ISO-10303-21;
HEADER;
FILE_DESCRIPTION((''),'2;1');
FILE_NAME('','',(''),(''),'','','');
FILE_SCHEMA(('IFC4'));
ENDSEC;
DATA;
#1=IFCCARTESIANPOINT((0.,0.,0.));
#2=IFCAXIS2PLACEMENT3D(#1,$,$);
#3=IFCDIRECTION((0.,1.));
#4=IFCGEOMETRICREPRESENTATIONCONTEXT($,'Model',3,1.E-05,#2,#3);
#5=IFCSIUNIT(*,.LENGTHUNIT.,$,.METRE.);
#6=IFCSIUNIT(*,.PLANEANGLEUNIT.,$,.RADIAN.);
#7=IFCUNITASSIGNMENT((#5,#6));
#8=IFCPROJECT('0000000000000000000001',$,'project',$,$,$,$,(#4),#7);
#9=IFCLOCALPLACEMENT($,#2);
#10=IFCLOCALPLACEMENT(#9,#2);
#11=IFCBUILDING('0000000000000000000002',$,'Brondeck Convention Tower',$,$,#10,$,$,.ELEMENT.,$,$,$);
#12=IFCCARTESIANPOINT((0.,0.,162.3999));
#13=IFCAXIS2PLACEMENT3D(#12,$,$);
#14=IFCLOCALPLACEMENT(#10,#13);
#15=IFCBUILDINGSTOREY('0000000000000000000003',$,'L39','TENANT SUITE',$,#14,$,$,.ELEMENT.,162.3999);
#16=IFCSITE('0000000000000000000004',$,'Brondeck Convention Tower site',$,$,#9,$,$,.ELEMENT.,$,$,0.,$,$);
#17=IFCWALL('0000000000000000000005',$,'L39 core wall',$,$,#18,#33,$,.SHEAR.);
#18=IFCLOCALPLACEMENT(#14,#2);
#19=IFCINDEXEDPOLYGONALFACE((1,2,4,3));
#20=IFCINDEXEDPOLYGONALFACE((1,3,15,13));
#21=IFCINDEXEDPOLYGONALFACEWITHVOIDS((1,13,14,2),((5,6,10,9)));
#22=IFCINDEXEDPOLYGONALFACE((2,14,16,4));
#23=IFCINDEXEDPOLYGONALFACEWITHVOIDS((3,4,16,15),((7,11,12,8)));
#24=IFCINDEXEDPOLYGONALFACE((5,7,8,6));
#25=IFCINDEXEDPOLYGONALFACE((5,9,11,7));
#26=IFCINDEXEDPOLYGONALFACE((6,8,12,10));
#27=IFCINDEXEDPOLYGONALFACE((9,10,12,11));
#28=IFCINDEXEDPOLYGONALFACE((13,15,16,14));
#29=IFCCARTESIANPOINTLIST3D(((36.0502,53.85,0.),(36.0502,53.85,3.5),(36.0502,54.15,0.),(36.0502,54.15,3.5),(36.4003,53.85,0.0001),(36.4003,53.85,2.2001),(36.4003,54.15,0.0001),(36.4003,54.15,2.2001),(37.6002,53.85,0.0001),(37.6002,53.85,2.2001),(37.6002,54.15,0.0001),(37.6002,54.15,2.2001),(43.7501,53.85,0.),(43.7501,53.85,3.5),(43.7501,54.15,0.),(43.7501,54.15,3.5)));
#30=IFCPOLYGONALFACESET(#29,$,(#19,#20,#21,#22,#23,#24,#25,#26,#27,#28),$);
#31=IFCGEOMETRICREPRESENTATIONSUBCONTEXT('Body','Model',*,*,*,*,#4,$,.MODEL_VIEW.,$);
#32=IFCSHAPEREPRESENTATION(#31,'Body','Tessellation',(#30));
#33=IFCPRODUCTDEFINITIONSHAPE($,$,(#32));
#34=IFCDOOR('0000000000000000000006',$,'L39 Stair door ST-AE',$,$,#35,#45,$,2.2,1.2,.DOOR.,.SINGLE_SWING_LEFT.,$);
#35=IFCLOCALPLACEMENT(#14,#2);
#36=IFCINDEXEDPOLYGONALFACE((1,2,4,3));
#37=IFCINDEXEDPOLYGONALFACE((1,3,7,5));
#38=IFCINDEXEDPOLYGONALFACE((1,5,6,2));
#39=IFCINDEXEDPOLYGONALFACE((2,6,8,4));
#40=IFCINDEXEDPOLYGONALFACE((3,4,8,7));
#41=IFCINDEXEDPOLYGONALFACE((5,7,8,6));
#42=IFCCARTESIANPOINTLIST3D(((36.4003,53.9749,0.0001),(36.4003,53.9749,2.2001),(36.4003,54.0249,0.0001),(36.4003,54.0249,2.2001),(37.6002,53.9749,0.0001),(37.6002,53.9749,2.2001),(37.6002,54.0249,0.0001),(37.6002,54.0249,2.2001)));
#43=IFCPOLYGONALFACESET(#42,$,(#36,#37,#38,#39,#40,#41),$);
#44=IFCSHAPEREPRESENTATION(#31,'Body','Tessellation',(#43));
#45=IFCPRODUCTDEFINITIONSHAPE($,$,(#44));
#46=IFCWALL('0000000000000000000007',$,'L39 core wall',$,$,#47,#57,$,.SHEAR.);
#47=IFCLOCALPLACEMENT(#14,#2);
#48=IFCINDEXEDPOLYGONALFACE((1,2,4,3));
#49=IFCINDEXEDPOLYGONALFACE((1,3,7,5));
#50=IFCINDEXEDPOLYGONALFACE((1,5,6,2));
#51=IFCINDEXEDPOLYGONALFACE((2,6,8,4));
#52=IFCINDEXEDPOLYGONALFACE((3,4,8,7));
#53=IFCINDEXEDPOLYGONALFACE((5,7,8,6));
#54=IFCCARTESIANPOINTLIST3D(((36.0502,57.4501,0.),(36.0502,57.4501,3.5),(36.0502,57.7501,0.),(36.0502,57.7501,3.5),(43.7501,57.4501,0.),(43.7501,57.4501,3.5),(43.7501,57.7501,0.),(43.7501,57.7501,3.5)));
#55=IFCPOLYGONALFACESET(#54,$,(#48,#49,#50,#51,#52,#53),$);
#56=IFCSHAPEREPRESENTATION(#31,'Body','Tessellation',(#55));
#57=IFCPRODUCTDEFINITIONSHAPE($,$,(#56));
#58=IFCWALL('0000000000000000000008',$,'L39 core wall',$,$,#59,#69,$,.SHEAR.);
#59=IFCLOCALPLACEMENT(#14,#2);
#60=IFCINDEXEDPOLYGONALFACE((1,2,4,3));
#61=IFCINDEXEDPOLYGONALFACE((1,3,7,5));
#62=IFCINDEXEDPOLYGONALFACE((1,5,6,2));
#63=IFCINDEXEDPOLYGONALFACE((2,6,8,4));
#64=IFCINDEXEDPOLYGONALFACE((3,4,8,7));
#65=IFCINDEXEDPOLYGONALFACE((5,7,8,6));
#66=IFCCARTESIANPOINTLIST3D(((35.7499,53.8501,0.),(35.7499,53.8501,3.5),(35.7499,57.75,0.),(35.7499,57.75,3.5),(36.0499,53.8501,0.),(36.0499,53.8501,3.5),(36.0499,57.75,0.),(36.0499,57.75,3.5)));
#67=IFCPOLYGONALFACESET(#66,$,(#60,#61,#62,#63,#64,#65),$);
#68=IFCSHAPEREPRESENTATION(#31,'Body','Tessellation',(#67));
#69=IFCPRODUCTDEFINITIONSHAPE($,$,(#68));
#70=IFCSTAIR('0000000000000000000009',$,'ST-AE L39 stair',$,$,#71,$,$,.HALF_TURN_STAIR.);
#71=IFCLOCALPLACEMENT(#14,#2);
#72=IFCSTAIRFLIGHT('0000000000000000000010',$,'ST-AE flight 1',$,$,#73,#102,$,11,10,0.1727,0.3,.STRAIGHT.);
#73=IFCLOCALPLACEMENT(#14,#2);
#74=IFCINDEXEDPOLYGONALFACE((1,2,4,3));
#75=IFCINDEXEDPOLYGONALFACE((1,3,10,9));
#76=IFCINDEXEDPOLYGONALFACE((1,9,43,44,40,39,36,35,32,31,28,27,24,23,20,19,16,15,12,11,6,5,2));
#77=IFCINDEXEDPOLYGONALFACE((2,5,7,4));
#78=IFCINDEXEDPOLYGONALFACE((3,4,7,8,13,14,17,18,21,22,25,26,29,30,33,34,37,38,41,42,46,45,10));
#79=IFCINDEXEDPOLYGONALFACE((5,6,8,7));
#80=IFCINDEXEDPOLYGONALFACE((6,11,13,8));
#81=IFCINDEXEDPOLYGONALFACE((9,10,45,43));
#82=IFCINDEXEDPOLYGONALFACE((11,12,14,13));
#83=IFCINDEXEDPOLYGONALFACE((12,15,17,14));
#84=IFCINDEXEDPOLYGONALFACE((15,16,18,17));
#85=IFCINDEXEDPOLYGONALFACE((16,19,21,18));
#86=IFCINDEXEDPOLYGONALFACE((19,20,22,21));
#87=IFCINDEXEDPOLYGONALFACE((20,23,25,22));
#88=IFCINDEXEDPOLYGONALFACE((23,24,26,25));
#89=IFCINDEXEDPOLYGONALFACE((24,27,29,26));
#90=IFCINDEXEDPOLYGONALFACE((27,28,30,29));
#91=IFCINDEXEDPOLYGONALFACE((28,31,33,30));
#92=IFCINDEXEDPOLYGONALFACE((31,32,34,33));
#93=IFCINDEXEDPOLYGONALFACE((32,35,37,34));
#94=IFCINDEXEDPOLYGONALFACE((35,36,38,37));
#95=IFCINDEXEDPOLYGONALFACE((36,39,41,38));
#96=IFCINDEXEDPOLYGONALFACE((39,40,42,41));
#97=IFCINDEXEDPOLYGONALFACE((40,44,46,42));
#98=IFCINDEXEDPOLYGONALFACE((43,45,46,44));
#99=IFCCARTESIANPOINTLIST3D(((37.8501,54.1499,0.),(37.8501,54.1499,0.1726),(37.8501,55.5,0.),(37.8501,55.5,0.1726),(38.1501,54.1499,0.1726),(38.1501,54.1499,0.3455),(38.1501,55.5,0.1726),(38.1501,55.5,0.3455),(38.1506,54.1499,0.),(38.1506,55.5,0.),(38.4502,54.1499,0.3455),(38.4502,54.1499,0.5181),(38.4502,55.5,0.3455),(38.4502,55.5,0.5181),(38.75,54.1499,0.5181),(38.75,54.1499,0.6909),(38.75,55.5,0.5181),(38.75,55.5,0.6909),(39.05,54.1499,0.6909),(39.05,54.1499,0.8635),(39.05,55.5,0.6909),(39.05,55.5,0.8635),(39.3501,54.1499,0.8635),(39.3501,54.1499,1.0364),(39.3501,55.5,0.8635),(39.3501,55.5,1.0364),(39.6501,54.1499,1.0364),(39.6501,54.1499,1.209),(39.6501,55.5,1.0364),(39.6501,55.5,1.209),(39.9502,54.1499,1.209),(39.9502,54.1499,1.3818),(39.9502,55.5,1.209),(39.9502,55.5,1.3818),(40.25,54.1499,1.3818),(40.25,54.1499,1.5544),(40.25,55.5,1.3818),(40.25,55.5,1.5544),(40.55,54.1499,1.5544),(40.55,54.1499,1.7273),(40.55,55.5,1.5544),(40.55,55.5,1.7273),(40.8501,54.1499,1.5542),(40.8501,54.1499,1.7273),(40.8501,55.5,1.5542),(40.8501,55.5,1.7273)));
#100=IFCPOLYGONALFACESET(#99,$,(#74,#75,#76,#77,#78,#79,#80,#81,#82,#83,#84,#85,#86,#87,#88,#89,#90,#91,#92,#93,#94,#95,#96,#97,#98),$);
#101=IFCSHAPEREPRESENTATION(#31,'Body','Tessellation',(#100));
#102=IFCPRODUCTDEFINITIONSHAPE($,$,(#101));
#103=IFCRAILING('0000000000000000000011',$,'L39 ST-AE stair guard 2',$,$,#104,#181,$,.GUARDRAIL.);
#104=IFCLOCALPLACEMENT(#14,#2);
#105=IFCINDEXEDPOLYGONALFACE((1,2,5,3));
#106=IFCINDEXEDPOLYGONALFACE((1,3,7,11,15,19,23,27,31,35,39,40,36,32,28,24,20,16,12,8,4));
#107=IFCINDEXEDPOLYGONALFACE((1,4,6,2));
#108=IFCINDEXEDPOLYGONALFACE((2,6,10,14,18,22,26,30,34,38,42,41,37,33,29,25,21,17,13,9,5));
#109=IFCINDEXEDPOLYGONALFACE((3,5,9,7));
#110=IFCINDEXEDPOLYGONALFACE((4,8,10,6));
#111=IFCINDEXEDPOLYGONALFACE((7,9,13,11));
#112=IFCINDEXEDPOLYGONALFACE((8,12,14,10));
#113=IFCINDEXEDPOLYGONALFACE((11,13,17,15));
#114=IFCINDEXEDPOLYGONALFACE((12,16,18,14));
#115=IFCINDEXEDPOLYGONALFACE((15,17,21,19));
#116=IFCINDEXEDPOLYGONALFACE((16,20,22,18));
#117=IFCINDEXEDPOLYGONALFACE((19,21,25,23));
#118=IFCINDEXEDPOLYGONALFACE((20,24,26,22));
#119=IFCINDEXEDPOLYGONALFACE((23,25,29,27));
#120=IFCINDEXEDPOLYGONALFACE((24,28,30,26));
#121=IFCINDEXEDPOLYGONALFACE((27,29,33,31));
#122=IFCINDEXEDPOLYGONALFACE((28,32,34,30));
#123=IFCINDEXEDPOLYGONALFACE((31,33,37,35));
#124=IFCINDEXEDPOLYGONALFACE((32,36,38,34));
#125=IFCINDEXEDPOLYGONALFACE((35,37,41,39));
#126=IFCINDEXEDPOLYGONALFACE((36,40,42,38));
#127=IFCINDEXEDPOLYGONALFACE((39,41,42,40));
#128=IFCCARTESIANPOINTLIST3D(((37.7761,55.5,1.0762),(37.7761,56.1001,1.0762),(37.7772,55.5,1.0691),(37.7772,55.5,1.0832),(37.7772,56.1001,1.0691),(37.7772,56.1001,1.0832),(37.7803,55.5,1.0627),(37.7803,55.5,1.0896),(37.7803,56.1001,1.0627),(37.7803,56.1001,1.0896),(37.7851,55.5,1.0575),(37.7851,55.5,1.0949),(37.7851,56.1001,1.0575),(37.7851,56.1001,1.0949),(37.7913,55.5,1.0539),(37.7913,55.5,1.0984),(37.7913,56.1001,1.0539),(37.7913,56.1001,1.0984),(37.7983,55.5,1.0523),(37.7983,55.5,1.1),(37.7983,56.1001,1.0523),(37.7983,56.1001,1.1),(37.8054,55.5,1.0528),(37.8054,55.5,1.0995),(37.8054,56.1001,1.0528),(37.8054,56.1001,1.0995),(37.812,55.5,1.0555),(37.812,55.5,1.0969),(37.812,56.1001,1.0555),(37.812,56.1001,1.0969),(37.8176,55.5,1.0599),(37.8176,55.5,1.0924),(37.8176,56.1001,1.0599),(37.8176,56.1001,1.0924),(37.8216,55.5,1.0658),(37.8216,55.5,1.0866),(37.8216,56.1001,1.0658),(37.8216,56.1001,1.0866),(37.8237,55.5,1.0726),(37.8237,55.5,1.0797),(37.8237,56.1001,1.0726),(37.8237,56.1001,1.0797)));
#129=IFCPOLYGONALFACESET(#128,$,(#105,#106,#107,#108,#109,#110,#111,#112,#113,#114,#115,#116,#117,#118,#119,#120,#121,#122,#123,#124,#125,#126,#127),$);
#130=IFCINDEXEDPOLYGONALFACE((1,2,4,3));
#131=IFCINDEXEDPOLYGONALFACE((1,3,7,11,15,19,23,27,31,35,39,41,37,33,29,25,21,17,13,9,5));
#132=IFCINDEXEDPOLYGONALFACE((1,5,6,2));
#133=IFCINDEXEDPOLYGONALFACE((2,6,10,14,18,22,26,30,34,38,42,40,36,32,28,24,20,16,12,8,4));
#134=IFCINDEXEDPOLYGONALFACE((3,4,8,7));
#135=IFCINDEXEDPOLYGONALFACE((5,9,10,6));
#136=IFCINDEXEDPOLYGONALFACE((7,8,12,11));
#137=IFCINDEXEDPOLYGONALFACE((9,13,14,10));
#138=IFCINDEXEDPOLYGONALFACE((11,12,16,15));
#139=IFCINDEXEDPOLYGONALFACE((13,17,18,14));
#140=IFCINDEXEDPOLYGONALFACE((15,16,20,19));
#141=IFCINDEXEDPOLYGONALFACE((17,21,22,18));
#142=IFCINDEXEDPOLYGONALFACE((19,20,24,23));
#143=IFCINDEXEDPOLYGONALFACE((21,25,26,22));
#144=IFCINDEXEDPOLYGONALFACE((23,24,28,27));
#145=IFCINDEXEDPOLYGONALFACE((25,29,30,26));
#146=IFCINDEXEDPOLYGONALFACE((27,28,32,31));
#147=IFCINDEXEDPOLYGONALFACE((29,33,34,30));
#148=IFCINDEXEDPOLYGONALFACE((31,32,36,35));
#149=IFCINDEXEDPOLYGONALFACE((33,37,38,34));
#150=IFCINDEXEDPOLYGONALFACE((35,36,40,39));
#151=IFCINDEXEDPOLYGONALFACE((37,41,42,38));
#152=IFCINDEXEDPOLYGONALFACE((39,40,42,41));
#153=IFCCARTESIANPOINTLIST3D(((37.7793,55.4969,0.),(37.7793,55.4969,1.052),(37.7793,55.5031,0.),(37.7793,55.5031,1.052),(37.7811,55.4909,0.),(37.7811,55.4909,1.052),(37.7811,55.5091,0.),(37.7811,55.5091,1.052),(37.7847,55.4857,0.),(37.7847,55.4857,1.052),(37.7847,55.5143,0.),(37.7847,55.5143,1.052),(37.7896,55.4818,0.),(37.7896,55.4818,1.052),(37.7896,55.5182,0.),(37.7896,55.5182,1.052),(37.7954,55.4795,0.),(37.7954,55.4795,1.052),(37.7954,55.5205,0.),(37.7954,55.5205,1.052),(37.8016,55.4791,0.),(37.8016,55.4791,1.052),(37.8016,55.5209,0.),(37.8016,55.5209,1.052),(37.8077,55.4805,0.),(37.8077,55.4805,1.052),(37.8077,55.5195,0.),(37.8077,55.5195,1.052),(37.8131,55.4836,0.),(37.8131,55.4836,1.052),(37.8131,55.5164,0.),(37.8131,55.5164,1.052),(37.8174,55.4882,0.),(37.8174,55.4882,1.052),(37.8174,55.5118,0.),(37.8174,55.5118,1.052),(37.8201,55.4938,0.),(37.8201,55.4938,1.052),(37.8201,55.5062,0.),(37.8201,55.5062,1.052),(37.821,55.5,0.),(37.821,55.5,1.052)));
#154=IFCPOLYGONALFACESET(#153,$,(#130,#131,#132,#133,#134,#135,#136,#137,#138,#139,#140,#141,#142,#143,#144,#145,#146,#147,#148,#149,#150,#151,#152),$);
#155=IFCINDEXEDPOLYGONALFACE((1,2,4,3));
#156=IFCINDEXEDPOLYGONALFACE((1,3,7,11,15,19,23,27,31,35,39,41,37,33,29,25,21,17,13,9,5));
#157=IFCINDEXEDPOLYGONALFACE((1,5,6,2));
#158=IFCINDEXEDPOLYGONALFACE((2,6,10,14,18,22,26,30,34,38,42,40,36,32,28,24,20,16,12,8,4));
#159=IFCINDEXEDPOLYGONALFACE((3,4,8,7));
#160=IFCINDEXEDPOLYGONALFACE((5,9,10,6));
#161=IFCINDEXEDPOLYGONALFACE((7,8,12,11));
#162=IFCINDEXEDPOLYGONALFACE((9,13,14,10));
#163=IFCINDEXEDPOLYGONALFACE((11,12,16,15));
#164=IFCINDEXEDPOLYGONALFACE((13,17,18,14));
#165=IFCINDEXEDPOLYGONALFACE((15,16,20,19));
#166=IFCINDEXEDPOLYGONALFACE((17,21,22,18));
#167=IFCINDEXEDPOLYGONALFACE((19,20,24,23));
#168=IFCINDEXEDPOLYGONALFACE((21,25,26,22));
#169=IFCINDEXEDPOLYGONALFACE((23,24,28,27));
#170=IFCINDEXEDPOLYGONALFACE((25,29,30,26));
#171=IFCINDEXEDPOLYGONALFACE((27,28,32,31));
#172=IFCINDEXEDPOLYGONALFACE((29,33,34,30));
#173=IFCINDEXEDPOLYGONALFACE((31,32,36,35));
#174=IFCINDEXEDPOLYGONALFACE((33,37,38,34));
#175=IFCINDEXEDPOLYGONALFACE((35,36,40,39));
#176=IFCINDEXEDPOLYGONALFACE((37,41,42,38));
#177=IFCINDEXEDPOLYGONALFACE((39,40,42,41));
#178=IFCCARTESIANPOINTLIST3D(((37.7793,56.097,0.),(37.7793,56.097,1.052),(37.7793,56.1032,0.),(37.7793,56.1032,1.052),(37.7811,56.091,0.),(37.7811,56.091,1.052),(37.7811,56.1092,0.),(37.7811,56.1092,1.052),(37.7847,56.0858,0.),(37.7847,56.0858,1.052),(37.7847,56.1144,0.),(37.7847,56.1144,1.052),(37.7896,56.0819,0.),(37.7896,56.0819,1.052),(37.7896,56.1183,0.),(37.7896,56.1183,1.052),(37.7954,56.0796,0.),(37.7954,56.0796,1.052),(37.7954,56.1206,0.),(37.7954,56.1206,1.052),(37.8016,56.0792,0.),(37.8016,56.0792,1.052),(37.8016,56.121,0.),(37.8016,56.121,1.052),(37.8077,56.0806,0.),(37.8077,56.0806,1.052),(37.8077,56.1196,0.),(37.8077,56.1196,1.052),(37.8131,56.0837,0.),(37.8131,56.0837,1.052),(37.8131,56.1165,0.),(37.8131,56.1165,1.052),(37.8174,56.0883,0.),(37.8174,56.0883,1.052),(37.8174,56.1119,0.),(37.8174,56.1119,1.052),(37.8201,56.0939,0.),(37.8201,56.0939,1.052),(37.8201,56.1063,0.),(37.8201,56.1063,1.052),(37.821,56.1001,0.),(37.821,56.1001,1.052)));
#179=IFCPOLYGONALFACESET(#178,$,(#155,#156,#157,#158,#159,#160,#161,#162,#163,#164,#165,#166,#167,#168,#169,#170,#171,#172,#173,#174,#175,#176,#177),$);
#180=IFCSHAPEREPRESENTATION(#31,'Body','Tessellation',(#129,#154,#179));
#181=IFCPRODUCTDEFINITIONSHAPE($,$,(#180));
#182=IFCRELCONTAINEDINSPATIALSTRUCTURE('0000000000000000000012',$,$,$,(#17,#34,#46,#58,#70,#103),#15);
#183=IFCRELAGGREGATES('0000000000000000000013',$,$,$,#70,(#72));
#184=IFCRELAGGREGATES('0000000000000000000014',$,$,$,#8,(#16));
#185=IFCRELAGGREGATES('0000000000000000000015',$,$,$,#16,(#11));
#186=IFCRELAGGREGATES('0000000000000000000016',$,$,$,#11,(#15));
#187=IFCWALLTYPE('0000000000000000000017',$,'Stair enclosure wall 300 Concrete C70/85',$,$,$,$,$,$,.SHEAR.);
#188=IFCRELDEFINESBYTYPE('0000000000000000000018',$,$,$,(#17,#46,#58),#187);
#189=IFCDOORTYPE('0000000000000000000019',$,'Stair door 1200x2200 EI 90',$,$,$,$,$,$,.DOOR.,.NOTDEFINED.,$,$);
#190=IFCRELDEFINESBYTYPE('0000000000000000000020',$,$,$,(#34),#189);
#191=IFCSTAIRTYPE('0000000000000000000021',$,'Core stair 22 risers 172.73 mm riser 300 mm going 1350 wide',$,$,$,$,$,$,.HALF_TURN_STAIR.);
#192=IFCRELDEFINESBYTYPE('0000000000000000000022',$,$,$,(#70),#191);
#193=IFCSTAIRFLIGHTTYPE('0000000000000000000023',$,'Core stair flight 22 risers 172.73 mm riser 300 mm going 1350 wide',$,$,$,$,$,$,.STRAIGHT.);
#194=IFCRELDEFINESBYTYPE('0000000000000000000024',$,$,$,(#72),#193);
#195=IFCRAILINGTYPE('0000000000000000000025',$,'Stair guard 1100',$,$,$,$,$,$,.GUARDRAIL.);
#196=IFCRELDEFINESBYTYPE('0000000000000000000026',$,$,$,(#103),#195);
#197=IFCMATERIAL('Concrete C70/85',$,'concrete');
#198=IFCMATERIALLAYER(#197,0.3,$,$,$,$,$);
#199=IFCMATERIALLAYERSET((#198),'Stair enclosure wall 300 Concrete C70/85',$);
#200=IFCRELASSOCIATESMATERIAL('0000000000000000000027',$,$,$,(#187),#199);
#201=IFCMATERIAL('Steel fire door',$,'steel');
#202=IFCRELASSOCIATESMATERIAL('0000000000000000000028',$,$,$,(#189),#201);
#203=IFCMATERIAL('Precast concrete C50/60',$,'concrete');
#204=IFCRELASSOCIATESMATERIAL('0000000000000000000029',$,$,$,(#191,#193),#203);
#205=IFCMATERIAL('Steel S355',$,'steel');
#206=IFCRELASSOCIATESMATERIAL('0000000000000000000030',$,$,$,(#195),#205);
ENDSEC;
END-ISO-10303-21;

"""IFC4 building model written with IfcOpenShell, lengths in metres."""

from ifc_helpers import new_model, si_unit, direction, frame, frame_2d, origin, origin_2d, place, context, subcontext, project, spatial, polyline, rectangle, circle, outline, extrude, material, layer, layer_set, type_object, element, fill, aggregate, save


model = new_model("IFC4")

# Units and contexts
model_context = context("Model", 3, precision=1e-05, world=origin(), true_north=direction((0.0, 1.0)))
body_context = subcontext(model_context, "Body", "Model", "MODEL_VIEW")
ifc_project = project(units=[si_unit("LENGTHUNIT", "METRE"), si_unit("PLANEANGLEUNIT", "RADIAN")], contexts=[model_context])

# Site, building, storey
site_placement = place(None, origin())
site = spatial("IfcSite", under=ifc_project, at=site_placement, Name="Brondeck Convention Tower site", CompositionType="ELEMENT", RefElevation=0.0)
building_placement = place(site_placement, origin())
building = spatial("IfcBuilding", under=site, at=building_placement, Name="Brondeck Convention Tower", CompositionType="ELEMENT")
storey_placement = place(building_placement, frame((0.0, 0.0, 162.3999)))
storey = spatial("IfcBuildingStorey", under=building, at=storey_placement, Name="L39", Description="TENANT SUITE", CompositionType="ELEMENT", Elevation=162.3999)

# Shared definitions
ifc_material_1 = material(Name="Concrete C70/85", Category="concrete")

# Shared definitions
ifc_material_2 = material(Name="Steel S355", Category="steel")

# Wall, opening, door
ifc_layer_1 = layer(ifc_material_1, 0.3)
ifc_layer_set_1 = layer_set([ifc_layer_1], Name="Stair enclosure wall 300 Concrete C70/85")
wall_type_1 = type_object("IfcWallType", Name="Stair enclosure wall 300 Concrete C70/85", PredefinedType="SHEAR", material=ifc_layer_set_1)
wall_1_placement = place(storey_placement, frame((36.05, 54.0, 0.0), z_axis=(0.0, 0.0, 1.0), x_axis=(1.0, 0.0, 0.0)))
wall_1 = element("IfcWall", 1, at=wall_1_placement, inside=storey, type_object=wall_type_1, Name="L39 core wall", PredefinedType="SHEAR", context=body_context, shape_type="SweptSolid", body=[
    extrude(rectangle(XDim=7.7, YDim=0.3, at=frame_2d((3.8501, 0.0))), origin(), (0.0, 0.0, 1.0), 3.5),
])
opening_1_placement = place(wall_1_placement, frame((0.3501, 0.0, 0.0)))
opening_1 = element("IfcOpeningElement", 2, at=opening_1_placement, cuts=wall_1, PredefinedType="OPENING", context=body_context, shape_type="SweptSolid", body=[
    extrude(rectangle(XDim=1.2, YDim=2.2, at=frame_2d((0.6001, 1.1001))), frame((0.0, 0.1599, 0.0), z_axis=(0.0, -1.0, 0.0), x_axis=(1.0, 0.0, 0.0)), (0.0, 0.0, 1.0), 0.3201),
])
ifc_material_3 = material(Name="Steel fire door", Category="steel")
door_type = type_object("IfcDoorType", Name="Stair door 1200x2200 EI 90", OperationType="NOTDEFINED", PredefinedType="DOOR", material=ifc_material_3)
door_placement = place(opening_1_placement, origin())
door = element("IfcDoor", 3, at=door_placement, inside=storey, type_object=door_type, Name="L39 Stair door ST-AE", OperationType="SINGLE_SWING_LEFT", OverallHeight=2.2, OverallWidth=1.2, PredefinedType="DOOR", context=body_context, shape_type="SweptSolid", body=[
    extrude(rectangle(XDim=1.2, YDim=2.2, at=frame_2d((0.6001, 1.1001))), frame((0.0, 0.0249, 0.0), z_axis=(0.0, -1.0, 0.0), x_axis=(1.0, 0.0, 0.0)), (0.0, 0.0, 1.0), 0.05),
])
fill(opening_1, door)

# Walls
wall_2_placement = place(storey_placement, frame((36.05, 57.6001, 0.0), z_axis=(0.0, 0.0, 1.0), x_axis=(1.0, 0.0, 0.0)))
element("IfcWall", 4, at=wall_2_placement, inside=storey, type_object=wall_type_1, Name="L39 core wall", PredefinedType="SHEAR", context=body_context, shape_type="SweptSolid", body=[
    extrude(rectangle(XDim=7.7, YDim=0.3, at=frame_2d((3.8501, 0.0))), origin(), (0.0, 0.0, 1.0), 3.5),
])
wall_3_placement = place(storey_placement, frame((35.8999, 53.8501, 0.0), z_axis=(0.0, 0.0, 1.0), x_axis=(0.0, 1.0, 0.0)))
element("IfcWall", 5, at=wall_3_placement, inside=storey, type_object=wall_type_1, Name="L39 core wall", PredefinedType="SHEAR", context=body_context, shape_type="SweptSolid", body=[
    extrude(rectangle(XDim=3.8999, YDim=0.3, at=frame_2d((1.95, 0.0))), origin(), (0.0, 0.0, 1.0), 3.5),
])

# Stair, stair flight
ifc_material_4 = material(Name="Precast concrete C50/60", Category="concrete")
stair_type = type_object("IfcStairType", Name="Core stair 22 risers 172.73 mm riser 300 mm going 1350 wide", PredefinedType="HALF_TURN_STAIR", material=ifc_material_4)
stair_placement = place(storey_placement, origin())
stair = element("IfcStair", 6, at=stair_placement, inside=storey, type_object=stair_type, Name="ST-AE L39 stair", PredefinedType="HALF_TURN_STAIR")
stair_flight_type = type_object("IfcStairFlightType", Name="Core stair flight 22 risers 172.73 mm riser 300 mm going 1350 wide", PredefinedType="STRAIGHT", material=ifc_material_4)
stair_flight_placement = place(storey_placement, frame((37.8501, 54.825, 0.0), z_axis=(0.0, 0.0, 1.0), x_axis=(1.0, 0.0, 0.0)))
stair_flight = element("IfcStairFlight", 7, at=stair_flight_placement, type_object=stair_flight_type, Name="ST-AE flight 1", NumberOfRisers=11, NumberOfTreads=10, PredefinedType="STRAIGHT", RiserHeight=0.1727, TreadLength=0.3, context=body_context, shape_type="SweptSolid", body=[
    extrude(outline(polyline([(0.0, 0.0), (0.0, 0.1726), (0.3, 0.1726), (0.3, 0.3455), (0.6001, 0.3455), (0.6001, 0.5181), (0.8999, 0.5181), (0.8999, 0.6909), (1.2, 0.6909), (1.2, 0.8635), (1.5, 0.8635), (1.5, 1.0364), (1.8, 1.0364), (1.8, 1.209), (2.1001, 1.209), (2.1001, 1.3818), (2.3999, 1.3818), (2.3999, 1.5544), (2.7, 1.5544), (2.7, 1.7273), (3.0, 1.7273), (3.0, 1.8999), (3.0, 1.5542), (0.3005, 0.0), (0.0, 0.0)])), frame((0.0, 0.675, 0.0), z_axis=(0.0, -1.0, 0.0), x_axis=(1.0, 0.0, 0.0)), (0.0, 0.0, 1.0), 1.3501),
])
aggregate(stair, [stair_flight])

# Railing
railing_type_1 = type_object("IfcRailingType", Name="Stair guard 1100", PredefinedType="GUARDRAIL", material=ifc_material_2)
railing_1_placement = place(storey_placement, frame((37.8, 55.5, 0.0)))
element("IfcRailing", 8, at=railing_1_placement, inside=storey, type_object=railing_type_1, Name="L39 ST-AE stair guard 2", PredefinedType="GUARDRAIL", context=body_context, shape_type="SweptSolid", body=[
    extrude(circle(Radius=0.0239, at=origin_2d()), frame((0.0, 0.0, 1.0762), z_axis=(0.0, 1.0, 0.0), x_axis=(-1.0, 0.0, 0.0)), (0.0, 0.0, 1.0), 0.6001),
    extrude(circle(Radius=0.021, at=origin_2d()), origin(), (0.0, 0.0, 1.0), 1.052),
    extrude(circle(Radius=0.021, at=origin_2d()), frame((0.0, 0.6001, 0.0)), (0.0, 0.0, 1.0), 1.052),
])

save(model, "model.ifc")
